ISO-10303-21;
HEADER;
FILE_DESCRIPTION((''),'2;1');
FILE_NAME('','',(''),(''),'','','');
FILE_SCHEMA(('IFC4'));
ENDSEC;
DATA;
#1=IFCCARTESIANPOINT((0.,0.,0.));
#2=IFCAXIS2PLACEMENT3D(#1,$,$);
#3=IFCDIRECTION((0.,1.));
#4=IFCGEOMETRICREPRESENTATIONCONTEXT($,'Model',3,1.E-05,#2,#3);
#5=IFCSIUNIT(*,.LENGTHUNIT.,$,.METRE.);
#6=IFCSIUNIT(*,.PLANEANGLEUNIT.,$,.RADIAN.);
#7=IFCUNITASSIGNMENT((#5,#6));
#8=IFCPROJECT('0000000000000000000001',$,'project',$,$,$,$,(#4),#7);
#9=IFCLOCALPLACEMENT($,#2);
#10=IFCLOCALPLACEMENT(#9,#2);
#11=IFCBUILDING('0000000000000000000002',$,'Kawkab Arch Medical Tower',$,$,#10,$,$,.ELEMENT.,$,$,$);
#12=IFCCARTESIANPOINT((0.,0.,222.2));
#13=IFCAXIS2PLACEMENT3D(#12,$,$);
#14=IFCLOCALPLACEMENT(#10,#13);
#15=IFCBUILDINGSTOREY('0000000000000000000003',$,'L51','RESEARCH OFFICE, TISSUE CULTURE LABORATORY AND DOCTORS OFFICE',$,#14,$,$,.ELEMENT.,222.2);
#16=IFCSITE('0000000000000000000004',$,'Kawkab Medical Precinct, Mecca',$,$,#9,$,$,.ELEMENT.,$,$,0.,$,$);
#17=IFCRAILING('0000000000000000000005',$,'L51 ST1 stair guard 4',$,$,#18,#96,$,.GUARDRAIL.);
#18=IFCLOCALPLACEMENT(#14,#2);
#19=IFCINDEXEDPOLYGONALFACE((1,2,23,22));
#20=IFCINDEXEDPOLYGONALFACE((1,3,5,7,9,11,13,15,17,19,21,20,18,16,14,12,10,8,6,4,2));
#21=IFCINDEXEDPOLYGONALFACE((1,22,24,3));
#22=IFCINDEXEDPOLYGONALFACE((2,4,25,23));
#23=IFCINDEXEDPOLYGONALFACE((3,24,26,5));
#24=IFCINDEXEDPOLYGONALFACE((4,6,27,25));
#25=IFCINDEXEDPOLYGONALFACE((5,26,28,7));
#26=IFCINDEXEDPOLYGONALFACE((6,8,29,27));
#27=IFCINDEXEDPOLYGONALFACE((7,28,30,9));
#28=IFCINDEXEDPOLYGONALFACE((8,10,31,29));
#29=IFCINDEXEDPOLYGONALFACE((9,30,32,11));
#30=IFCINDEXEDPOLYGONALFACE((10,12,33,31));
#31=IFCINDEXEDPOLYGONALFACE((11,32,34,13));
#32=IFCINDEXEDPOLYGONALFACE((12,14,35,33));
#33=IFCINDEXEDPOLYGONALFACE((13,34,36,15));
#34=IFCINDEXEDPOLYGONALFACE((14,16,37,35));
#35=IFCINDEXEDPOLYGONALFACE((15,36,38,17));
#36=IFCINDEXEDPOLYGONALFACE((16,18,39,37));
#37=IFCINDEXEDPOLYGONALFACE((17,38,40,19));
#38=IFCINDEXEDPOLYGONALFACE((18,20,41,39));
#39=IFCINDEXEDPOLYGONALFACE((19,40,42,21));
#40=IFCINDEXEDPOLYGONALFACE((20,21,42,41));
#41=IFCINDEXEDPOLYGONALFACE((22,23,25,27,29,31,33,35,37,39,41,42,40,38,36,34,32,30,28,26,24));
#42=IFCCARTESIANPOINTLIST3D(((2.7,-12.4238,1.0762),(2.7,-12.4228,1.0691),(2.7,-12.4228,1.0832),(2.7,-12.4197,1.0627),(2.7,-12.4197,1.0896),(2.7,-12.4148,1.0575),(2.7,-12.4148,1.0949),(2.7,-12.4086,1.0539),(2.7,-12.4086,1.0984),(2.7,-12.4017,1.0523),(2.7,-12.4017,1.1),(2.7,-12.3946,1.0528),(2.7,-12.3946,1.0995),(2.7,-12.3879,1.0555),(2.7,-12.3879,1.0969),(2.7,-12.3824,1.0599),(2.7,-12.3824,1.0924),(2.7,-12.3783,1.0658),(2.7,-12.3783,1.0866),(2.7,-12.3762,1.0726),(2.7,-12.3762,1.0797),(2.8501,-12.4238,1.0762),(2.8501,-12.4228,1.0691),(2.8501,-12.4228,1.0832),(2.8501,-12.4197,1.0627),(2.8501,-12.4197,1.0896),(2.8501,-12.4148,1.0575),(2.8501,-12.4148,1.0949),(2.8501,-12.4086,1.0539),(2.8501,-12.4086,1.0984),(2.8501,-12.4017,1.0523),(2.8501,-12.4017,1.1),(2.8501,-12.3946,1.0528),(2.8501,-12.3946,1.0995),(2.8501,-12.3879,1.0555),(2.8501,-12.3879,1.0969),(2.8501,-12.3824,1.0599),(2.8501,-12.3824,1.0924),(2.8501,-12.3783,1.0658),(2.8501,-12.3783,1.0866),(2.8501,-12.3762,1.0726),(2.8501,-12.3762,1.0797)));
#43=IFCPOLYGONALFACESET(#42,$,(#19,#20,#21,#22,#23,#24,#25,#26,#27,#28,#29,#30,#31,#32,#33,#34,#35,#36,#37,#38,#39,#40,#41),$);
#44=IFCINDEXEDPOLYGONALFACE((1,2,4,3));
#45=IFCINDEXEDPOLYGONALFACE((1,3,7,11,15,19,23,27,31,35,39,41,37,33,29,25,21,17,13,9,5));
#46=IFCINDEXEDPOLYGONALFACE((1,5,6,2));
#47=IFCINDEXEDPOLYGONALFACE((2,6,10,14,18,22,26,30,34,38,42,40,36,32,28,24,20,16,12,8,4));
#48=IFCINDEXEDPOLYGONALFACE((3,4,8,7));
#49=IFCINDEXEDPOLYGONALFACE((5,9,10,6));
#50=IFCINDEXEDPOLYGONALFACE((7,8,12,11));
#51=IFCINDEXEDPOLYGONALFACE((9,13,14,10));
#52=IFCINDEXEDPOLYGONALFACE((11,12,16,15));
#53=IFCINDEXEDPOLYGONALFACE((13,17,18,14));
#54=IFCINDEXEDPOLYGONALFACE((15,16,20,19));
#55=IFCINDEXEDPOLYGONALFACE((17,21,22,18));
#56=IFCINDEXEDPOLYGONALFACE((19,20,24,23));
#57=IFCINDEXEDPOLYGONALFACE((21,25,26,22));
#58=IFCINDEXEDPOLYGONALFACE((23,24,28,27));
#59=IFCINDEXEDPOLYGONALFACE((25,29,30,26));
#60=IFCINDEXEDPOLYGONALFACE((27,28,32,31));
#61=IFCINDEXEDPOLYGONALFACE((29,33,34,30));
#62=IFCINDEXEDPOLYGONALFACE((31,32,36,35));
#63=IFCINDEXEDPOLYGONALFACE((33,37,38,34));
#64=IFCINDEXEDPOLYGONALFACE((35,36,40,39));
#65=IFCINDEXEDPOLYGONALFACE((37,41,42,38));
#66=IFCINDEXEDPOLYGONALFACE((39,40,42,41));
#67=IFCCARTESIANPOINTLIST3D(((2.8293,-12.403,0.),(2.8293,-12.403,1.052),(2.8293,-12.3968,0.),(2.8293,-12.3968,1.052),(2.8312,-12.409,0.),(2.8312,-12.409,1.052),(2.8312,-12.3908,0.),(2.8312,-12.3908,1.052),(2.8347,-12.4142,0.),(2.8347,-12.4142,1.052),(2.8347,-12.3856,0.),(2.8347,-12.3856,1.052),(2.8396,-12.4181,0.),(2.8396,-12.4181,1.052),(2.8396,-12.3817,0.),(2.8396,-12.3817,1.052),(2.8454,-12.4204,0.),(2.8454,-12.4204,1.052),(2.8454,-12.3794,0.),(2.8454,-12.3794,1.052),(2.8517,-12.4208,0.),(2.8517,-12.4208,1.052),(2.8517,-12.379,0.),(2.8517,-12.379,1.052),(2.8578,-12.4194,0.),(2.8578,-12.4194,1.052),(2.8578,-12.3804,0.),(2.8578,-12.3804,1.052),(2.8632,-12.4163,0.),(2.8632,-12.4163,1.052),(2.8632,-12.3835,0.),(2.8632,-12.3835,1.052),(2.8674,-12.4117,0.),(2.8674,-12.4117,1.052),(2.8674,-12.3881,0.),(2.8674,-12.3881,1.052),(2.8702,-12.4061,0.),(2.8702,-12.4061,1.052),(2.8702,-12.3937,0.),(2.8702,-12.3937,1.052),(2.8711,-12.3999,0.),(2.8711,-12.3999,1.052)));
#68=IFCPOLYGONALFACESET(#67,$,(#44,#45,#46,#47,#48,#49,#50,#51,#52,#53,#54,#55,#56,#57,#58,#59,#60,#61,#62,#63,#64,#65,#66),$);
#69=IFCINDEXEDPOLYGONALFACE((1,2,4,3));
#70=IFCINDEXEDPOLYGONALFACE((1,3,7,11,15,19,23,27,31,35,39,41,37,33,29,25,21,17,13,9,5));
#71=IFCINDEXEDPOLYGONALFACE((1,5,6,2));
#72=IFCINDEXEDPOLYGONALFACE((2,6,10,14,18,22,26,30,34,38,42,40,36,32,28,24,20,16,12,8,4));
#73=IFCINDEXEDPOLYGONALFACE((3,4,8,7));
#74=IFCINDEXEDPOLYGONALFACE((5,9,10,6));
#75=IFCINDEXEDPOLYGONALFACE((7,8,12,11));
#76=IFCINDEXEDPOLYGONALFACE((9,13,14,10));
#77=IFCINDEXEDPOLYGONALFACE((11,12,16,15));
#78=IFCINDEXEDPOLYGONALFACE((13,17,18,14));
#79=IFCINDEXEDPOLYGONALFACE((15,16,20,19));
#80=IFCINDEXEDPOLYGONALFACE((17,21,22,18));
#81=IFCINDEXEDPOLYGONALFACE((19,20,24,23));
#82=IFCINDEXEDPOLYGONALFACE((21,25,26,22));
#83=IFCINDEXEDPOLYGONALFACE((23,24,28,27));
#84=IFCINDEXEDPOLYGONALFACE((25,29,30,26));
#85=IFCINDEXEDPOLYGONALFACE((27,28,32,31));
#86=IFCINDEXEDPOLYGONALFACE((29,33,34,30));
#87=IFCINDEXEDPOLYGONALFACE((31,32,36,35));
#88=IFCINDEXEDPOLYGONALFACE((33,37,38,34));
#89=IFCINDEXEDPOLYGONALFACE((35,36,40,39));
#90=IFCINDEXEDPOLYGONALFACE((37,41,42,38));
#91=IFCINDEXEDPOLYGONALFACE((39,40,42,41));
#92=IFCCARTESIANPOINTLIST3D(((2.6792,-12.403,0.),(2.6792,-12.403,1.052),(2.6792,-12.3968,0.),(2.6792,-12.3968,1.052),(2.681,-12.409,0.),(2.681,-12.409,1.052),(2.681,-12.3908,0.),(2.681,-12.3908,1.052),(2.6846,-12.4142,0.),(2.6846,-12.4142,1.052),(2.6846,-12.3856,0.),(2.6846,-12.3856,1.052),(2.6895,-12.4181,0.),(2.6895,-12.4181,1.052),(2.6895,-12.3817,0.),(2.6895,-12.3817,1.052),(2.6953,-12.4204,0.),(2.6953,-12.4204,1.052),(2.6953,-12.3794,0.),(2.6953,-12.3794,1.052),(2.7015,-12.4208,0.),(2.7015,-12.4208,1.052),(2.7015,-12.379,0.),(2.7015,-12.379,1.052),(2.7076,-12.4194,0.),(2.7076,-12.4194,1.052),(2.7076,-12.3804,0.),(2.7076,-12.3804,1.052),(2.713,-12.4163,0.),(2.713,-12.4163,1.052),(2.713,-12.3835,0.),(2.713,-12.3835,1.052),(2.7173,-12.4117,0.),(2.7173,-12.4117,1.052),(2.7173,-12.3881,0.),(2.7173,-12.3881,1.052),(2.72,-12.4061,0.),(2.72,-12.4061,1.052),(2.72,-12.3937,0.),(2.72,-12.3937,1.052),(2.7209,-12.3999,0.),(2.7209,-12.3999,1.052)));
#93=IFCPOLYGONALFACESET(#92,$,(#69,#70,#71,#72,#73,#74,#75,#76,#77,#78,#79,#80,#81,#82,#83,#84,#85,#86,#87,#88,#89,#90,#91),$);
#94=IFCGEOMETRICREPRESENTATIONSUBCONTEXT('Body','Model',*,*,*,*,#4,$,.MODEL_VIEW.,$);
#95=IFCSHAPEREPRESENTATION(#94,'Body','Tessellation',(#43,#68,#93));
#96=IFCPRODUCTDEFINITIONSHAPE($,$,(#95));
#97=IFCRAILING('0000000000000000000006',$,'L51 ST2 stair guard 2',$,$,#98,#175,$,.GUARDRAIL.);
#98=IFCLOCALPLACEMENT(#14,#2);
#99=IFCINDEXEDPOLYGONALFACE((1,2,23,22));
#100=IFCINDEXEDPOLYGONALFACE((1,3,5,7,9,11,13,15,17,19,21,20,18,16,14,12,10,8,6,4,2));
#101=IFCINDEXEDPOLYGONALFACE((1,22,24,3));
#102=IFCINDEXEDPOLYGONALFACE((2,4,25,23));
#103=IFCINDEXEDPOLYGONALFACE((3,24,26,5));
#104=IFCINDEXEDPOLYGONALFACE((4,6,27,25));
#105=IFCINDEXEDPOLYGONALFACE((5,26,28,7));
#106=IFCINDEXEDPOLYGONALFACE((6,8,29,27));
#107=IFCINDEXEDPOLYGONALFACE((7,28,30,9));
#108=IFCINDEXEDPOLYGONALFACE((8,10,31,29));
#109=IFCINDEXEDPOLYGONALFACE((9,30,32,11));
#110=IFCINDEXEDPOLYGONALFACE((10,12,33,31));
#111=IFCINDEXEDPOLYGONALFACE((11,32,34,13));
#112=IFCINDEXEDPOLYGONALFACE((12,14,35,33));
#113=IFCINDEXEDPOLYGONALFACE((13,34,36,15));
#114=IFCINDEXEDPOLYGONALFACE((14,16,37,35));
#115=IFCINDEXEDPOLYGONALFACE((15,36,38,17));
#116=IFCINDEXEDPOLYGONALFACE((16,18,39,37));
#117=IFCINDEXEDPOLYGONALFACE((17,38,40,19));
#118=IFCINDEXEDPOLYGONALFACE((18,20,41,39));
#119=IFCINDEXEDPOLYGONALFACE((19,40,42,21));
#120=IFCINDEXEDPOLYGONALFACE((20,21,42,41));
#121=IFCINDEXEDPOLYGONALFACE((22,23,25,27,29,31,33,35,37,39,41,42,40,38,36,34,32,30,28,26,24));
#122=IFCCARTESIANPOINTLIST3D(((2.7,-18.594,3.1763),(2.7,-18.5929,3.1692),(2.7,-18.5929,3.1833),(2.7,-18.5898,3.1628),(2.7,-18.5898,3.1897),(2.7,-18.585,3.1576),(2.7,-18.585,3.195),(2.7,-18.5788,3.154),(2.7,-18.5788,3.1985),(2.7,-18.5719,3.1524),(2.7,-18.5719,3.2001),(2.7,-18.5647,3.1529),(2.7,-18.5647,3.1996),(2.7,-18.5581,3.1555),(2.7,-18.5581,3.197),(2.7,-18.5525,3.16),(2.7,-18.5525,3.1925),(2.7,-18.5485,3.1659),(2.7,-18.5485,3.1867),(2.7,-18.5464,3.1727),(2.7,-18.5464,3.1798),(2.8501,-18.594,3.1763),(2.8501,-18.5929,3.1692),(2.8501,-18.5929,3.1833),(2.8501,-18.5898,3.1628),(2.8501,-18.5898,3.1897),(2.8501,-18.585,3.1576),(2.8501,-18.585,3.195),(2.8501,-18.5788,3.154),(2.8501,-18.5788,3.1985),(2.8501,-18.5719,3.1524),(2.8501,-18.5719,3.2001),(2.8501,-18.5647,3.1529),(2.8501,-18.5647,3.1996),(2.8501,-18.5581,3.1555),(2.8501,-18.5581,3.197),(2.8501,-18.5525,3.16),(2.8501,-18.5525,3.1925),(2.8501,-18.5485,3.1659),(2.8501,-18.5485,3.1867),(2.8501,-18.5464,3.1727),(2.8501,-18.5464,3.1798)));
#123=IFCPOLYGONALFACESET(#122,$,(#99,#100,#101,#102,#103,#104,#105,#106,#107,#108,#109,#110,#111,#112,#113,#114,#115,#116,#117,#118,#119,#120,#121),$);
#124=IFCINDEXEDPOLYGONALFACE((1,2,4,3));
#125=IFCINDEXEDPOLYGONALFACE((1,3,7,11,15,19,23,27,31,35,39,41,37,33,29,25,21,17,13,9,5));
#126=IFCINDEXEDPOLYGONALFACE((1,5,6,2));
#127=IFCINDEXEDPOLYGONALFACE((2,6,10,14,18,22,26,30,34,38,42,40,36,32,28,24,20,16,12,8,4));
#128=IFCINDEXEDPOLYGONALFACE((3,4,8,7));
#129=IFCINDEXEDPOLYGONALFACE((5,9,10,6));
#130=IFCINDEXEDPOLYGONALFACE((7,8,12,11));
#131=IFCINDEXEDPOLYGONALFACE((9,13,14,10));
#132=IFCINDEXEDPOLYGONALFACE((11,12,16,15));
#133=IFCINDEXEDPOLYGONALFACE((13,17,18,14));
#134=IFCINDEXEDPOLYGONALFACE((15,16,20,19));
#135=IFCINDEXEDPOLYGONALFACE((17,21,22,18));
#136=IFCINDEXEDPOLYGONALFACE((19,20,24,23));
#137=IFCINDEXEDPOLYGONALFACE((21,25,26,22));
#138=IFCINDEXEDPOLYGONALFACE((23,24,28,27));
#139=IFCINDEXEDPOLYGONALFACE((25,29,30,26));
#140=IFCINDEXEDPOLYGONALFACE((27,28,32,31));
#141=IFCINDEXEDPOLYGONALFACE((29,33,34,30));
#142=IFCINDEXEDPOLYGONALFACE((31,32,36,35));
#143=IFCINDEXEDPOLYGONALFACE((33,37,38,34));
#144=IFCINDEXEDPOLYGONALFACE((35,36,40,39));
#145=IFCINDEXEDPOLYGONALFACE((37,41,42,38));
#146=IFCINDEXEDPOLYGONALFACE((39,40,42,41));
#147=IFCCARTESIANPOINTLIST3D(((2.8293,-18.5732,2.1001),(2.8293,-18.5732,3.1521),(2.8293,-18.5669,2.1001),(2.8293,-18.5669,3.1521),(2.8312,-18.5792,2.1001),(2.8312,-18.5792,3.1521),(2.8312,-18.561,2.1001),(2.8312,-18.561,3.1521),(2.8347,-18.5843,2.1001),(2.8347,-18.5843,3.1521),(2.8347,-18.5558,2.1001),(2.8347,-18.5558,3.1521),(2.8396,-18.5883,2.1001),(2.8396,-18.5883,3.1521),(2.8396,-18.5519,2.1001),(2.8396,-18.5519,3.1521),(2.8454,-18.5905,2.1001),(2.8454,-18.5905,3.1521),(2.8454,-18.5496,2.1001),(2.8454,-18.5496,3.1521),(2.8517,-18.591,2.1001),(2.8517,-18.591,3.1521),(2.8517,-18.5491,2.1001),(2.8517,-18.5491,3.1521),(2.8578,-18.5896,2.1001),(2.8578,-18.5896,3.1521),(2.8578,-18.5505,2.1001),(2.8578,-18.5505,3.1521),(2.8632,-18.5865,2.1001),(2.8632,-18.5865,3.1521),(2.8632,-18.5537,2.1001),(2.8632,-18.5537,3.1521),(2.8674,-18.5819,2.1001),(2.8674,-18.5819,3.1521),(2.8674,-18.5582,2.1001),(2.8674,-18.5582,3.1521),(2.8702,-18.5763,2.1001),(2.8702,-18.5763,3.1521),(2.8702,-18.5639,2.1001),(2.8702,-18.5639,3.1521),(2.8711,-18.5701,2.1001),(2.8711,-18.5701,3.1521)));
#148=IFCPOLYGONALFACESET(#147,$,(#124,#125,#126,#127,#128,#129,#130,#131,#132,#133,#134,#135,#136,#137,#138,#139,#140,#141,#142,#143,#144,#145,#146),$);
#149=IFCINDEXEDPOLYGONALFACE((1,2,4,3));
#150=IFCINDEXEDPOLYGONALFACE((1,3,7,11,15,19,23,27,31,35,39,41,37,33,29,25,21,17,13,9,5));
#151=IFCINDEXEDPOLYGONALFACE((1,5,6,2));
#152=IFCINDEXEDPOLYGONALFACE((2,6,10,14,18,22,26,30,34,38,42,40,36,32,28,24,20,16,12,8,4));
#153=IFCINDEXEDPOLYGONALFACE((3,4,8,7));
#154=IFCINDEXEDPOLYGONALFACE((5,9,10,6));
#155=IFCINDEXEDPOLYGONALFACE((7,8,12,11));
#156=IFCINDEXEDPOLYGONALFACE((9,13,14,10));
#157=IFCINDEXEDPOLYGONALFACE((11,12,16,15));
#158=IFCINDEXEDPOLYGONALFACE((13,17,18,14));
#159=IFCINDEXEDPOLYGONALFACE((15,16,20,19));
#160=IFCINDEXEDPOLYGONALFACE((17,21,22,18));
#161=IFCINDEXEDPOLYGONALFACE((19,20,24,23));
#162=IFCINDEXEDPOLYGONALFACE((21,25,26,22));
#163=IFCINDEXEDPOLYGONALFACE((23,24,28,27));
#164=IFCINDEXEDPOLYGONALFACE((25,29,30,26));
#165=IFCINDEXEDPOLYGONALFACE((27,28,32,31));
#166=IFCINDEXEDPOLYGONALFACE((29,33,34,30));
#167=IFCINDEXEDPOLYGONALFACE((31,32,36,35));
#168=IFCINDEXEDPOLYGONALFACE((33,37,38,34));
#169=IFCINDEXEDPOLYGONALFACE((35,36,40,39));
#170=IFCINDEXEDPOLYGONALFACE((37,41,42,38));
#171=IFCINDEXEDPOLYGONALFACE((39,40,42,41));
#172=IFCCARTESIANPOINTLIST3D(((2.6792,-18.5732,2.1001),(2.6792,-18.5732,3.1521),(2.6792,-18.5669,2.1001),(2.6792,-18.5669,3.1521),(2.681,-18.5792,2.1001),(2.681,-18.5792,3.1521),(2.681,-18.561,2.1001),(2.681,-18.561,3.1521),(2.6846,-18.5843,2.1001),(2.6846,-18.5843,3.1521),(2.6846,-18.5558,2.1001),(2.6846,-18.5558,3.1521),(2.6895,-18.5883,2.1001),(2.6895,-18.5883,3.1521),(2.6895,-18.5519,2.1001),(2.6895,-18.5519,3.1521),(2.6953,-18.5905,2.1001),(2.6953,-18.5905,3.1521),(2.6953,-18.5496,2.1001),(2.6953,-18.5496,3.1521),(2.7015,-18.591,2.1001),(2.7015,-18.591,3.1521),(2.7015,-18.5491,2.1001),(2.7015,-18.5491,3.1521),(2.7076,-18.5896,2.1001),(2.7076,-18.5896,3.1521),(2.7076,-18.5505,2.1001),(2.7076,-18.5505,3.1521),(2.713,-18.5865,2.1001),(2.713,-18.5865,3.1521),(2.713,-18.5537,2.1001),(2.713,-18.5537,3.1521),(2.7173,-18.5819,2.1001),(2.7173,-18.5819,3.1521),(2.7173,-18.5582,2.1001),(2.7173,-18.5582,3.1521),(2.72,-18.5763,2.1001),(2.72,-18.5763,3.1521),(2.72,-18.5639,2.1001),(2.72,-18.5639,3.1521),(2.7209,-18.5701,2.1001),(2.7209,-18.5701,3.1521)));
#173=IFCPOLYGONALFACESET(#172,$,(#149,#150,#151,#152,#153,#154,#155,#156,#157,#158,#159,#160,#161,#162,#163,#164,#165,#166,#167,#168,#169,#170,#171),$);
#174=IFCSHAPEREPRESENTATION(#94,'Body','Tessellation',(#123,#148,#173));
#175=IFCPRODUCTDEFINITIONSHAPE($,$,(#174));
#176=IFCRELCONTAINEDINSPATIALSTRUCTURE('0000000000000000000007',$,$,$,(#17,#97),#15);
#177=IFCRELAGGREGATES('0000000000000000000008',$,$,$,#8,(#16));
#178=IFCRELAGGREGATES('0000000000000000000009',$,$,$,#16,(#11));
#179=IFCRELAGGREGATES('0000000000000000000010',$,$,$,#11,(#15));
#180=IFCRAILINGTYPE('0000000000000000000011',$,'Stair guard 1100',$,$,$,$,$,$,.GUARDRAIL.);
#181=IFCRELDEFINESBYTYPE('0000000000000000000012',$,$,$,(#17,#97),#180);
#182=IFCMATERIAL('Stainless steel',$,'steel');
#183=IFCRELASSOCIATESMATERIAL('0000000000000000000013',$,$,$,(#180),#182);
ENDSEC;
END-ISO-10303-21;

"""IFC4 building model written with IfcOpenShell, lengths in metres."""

from ifc_helpers import new_model, si_unit, direction, frame, origin, origin_2d, place, context, subcontext, project, spatial, circle, extrude, material, type_object, element, save


model = new_model("IFC4")

# Units and contexts
model_context = context("Model", 3, precision=1e-05, world=origin(), true_north=direction((0.0, 1.0)))
body_context = subcontext(model_context, "Body", "Model", "MODEL_VIEW")
ifc_project = project(units=[si_unit("LENGTHUNIT", "METRE"), si_unit("PLANEANGLEUNIT", "RADIAN")], contexts=[model_context])

# Site, building, storey
site_placement = place(None, origin())
site = spatial("IfcSite", under=ifc_project, at=site_placement, Name="Kawkab Medical Precinct, Mecca", CompositionType="ELEMENT", RefElevation=0.0)
building_placement = place(site_placement, origin())
building = spatial("IfcBuilding", under=site, at=building_placement, Name="Kawkab Arch Medical Tower", CompositionType="ELEMENT")
storey_placement = place(building_placement, frame((0.0, 0.0, 222.2)))
storey = spatial("IfcBuildingStorey", under=building, at=storey_placement, Name="L51", Description="RESEARCH OFFICE, TISSUE CULTURE LABORATORY AND DOCTORS OFFICE", CompositionType="ELEMENT", Elevation=222.2)

# Railings
ifc_material_1 = material(Name="Stainless steel", Category="steel")
railing_type_1 = type_object("IfcRailingType", Name="Stair guard 1100", PredefinedType="GUARDRAIL", material=ifc_material_1)
for number, where, name in (
    (1, (2.8501, -12.3999, 0.0), "L51 ST1 stair guard 4"),
    (2, (2.8501, -18.5701, 2.1001), "L51 ST2 stair guard 2"),
):
    element("IfcRailing", number, at=place(storey_placement, frame(where)), inside=storey, type_object=railing_type_1, Name=name, PredefinedType="GUARDRAIL", context=body_context, shape_type="SweptSolid", body=[
        extrude(circle(Radius=0.0239, at=origin_2d()), frame((0.0, 0.0, 1.0762), z_axis=(-1.0, 0.0, 0.0), x_axis=(0.0, -1.0, 0.0)), (0.0, 0.0, 1.0), 0.1501),
        extrude(circle(Radius=0.021, at=origin_2d()), origin(), (0.0, 0.0, 1.0), 1.052),
        extrude(circle(Radius=0.021, at=origin_2d()), frame((-0.1501, 0.0, 0.0)), (0.0, 0.0, 1.0), 1.052),
    ])

save(model, "model.ifc")
